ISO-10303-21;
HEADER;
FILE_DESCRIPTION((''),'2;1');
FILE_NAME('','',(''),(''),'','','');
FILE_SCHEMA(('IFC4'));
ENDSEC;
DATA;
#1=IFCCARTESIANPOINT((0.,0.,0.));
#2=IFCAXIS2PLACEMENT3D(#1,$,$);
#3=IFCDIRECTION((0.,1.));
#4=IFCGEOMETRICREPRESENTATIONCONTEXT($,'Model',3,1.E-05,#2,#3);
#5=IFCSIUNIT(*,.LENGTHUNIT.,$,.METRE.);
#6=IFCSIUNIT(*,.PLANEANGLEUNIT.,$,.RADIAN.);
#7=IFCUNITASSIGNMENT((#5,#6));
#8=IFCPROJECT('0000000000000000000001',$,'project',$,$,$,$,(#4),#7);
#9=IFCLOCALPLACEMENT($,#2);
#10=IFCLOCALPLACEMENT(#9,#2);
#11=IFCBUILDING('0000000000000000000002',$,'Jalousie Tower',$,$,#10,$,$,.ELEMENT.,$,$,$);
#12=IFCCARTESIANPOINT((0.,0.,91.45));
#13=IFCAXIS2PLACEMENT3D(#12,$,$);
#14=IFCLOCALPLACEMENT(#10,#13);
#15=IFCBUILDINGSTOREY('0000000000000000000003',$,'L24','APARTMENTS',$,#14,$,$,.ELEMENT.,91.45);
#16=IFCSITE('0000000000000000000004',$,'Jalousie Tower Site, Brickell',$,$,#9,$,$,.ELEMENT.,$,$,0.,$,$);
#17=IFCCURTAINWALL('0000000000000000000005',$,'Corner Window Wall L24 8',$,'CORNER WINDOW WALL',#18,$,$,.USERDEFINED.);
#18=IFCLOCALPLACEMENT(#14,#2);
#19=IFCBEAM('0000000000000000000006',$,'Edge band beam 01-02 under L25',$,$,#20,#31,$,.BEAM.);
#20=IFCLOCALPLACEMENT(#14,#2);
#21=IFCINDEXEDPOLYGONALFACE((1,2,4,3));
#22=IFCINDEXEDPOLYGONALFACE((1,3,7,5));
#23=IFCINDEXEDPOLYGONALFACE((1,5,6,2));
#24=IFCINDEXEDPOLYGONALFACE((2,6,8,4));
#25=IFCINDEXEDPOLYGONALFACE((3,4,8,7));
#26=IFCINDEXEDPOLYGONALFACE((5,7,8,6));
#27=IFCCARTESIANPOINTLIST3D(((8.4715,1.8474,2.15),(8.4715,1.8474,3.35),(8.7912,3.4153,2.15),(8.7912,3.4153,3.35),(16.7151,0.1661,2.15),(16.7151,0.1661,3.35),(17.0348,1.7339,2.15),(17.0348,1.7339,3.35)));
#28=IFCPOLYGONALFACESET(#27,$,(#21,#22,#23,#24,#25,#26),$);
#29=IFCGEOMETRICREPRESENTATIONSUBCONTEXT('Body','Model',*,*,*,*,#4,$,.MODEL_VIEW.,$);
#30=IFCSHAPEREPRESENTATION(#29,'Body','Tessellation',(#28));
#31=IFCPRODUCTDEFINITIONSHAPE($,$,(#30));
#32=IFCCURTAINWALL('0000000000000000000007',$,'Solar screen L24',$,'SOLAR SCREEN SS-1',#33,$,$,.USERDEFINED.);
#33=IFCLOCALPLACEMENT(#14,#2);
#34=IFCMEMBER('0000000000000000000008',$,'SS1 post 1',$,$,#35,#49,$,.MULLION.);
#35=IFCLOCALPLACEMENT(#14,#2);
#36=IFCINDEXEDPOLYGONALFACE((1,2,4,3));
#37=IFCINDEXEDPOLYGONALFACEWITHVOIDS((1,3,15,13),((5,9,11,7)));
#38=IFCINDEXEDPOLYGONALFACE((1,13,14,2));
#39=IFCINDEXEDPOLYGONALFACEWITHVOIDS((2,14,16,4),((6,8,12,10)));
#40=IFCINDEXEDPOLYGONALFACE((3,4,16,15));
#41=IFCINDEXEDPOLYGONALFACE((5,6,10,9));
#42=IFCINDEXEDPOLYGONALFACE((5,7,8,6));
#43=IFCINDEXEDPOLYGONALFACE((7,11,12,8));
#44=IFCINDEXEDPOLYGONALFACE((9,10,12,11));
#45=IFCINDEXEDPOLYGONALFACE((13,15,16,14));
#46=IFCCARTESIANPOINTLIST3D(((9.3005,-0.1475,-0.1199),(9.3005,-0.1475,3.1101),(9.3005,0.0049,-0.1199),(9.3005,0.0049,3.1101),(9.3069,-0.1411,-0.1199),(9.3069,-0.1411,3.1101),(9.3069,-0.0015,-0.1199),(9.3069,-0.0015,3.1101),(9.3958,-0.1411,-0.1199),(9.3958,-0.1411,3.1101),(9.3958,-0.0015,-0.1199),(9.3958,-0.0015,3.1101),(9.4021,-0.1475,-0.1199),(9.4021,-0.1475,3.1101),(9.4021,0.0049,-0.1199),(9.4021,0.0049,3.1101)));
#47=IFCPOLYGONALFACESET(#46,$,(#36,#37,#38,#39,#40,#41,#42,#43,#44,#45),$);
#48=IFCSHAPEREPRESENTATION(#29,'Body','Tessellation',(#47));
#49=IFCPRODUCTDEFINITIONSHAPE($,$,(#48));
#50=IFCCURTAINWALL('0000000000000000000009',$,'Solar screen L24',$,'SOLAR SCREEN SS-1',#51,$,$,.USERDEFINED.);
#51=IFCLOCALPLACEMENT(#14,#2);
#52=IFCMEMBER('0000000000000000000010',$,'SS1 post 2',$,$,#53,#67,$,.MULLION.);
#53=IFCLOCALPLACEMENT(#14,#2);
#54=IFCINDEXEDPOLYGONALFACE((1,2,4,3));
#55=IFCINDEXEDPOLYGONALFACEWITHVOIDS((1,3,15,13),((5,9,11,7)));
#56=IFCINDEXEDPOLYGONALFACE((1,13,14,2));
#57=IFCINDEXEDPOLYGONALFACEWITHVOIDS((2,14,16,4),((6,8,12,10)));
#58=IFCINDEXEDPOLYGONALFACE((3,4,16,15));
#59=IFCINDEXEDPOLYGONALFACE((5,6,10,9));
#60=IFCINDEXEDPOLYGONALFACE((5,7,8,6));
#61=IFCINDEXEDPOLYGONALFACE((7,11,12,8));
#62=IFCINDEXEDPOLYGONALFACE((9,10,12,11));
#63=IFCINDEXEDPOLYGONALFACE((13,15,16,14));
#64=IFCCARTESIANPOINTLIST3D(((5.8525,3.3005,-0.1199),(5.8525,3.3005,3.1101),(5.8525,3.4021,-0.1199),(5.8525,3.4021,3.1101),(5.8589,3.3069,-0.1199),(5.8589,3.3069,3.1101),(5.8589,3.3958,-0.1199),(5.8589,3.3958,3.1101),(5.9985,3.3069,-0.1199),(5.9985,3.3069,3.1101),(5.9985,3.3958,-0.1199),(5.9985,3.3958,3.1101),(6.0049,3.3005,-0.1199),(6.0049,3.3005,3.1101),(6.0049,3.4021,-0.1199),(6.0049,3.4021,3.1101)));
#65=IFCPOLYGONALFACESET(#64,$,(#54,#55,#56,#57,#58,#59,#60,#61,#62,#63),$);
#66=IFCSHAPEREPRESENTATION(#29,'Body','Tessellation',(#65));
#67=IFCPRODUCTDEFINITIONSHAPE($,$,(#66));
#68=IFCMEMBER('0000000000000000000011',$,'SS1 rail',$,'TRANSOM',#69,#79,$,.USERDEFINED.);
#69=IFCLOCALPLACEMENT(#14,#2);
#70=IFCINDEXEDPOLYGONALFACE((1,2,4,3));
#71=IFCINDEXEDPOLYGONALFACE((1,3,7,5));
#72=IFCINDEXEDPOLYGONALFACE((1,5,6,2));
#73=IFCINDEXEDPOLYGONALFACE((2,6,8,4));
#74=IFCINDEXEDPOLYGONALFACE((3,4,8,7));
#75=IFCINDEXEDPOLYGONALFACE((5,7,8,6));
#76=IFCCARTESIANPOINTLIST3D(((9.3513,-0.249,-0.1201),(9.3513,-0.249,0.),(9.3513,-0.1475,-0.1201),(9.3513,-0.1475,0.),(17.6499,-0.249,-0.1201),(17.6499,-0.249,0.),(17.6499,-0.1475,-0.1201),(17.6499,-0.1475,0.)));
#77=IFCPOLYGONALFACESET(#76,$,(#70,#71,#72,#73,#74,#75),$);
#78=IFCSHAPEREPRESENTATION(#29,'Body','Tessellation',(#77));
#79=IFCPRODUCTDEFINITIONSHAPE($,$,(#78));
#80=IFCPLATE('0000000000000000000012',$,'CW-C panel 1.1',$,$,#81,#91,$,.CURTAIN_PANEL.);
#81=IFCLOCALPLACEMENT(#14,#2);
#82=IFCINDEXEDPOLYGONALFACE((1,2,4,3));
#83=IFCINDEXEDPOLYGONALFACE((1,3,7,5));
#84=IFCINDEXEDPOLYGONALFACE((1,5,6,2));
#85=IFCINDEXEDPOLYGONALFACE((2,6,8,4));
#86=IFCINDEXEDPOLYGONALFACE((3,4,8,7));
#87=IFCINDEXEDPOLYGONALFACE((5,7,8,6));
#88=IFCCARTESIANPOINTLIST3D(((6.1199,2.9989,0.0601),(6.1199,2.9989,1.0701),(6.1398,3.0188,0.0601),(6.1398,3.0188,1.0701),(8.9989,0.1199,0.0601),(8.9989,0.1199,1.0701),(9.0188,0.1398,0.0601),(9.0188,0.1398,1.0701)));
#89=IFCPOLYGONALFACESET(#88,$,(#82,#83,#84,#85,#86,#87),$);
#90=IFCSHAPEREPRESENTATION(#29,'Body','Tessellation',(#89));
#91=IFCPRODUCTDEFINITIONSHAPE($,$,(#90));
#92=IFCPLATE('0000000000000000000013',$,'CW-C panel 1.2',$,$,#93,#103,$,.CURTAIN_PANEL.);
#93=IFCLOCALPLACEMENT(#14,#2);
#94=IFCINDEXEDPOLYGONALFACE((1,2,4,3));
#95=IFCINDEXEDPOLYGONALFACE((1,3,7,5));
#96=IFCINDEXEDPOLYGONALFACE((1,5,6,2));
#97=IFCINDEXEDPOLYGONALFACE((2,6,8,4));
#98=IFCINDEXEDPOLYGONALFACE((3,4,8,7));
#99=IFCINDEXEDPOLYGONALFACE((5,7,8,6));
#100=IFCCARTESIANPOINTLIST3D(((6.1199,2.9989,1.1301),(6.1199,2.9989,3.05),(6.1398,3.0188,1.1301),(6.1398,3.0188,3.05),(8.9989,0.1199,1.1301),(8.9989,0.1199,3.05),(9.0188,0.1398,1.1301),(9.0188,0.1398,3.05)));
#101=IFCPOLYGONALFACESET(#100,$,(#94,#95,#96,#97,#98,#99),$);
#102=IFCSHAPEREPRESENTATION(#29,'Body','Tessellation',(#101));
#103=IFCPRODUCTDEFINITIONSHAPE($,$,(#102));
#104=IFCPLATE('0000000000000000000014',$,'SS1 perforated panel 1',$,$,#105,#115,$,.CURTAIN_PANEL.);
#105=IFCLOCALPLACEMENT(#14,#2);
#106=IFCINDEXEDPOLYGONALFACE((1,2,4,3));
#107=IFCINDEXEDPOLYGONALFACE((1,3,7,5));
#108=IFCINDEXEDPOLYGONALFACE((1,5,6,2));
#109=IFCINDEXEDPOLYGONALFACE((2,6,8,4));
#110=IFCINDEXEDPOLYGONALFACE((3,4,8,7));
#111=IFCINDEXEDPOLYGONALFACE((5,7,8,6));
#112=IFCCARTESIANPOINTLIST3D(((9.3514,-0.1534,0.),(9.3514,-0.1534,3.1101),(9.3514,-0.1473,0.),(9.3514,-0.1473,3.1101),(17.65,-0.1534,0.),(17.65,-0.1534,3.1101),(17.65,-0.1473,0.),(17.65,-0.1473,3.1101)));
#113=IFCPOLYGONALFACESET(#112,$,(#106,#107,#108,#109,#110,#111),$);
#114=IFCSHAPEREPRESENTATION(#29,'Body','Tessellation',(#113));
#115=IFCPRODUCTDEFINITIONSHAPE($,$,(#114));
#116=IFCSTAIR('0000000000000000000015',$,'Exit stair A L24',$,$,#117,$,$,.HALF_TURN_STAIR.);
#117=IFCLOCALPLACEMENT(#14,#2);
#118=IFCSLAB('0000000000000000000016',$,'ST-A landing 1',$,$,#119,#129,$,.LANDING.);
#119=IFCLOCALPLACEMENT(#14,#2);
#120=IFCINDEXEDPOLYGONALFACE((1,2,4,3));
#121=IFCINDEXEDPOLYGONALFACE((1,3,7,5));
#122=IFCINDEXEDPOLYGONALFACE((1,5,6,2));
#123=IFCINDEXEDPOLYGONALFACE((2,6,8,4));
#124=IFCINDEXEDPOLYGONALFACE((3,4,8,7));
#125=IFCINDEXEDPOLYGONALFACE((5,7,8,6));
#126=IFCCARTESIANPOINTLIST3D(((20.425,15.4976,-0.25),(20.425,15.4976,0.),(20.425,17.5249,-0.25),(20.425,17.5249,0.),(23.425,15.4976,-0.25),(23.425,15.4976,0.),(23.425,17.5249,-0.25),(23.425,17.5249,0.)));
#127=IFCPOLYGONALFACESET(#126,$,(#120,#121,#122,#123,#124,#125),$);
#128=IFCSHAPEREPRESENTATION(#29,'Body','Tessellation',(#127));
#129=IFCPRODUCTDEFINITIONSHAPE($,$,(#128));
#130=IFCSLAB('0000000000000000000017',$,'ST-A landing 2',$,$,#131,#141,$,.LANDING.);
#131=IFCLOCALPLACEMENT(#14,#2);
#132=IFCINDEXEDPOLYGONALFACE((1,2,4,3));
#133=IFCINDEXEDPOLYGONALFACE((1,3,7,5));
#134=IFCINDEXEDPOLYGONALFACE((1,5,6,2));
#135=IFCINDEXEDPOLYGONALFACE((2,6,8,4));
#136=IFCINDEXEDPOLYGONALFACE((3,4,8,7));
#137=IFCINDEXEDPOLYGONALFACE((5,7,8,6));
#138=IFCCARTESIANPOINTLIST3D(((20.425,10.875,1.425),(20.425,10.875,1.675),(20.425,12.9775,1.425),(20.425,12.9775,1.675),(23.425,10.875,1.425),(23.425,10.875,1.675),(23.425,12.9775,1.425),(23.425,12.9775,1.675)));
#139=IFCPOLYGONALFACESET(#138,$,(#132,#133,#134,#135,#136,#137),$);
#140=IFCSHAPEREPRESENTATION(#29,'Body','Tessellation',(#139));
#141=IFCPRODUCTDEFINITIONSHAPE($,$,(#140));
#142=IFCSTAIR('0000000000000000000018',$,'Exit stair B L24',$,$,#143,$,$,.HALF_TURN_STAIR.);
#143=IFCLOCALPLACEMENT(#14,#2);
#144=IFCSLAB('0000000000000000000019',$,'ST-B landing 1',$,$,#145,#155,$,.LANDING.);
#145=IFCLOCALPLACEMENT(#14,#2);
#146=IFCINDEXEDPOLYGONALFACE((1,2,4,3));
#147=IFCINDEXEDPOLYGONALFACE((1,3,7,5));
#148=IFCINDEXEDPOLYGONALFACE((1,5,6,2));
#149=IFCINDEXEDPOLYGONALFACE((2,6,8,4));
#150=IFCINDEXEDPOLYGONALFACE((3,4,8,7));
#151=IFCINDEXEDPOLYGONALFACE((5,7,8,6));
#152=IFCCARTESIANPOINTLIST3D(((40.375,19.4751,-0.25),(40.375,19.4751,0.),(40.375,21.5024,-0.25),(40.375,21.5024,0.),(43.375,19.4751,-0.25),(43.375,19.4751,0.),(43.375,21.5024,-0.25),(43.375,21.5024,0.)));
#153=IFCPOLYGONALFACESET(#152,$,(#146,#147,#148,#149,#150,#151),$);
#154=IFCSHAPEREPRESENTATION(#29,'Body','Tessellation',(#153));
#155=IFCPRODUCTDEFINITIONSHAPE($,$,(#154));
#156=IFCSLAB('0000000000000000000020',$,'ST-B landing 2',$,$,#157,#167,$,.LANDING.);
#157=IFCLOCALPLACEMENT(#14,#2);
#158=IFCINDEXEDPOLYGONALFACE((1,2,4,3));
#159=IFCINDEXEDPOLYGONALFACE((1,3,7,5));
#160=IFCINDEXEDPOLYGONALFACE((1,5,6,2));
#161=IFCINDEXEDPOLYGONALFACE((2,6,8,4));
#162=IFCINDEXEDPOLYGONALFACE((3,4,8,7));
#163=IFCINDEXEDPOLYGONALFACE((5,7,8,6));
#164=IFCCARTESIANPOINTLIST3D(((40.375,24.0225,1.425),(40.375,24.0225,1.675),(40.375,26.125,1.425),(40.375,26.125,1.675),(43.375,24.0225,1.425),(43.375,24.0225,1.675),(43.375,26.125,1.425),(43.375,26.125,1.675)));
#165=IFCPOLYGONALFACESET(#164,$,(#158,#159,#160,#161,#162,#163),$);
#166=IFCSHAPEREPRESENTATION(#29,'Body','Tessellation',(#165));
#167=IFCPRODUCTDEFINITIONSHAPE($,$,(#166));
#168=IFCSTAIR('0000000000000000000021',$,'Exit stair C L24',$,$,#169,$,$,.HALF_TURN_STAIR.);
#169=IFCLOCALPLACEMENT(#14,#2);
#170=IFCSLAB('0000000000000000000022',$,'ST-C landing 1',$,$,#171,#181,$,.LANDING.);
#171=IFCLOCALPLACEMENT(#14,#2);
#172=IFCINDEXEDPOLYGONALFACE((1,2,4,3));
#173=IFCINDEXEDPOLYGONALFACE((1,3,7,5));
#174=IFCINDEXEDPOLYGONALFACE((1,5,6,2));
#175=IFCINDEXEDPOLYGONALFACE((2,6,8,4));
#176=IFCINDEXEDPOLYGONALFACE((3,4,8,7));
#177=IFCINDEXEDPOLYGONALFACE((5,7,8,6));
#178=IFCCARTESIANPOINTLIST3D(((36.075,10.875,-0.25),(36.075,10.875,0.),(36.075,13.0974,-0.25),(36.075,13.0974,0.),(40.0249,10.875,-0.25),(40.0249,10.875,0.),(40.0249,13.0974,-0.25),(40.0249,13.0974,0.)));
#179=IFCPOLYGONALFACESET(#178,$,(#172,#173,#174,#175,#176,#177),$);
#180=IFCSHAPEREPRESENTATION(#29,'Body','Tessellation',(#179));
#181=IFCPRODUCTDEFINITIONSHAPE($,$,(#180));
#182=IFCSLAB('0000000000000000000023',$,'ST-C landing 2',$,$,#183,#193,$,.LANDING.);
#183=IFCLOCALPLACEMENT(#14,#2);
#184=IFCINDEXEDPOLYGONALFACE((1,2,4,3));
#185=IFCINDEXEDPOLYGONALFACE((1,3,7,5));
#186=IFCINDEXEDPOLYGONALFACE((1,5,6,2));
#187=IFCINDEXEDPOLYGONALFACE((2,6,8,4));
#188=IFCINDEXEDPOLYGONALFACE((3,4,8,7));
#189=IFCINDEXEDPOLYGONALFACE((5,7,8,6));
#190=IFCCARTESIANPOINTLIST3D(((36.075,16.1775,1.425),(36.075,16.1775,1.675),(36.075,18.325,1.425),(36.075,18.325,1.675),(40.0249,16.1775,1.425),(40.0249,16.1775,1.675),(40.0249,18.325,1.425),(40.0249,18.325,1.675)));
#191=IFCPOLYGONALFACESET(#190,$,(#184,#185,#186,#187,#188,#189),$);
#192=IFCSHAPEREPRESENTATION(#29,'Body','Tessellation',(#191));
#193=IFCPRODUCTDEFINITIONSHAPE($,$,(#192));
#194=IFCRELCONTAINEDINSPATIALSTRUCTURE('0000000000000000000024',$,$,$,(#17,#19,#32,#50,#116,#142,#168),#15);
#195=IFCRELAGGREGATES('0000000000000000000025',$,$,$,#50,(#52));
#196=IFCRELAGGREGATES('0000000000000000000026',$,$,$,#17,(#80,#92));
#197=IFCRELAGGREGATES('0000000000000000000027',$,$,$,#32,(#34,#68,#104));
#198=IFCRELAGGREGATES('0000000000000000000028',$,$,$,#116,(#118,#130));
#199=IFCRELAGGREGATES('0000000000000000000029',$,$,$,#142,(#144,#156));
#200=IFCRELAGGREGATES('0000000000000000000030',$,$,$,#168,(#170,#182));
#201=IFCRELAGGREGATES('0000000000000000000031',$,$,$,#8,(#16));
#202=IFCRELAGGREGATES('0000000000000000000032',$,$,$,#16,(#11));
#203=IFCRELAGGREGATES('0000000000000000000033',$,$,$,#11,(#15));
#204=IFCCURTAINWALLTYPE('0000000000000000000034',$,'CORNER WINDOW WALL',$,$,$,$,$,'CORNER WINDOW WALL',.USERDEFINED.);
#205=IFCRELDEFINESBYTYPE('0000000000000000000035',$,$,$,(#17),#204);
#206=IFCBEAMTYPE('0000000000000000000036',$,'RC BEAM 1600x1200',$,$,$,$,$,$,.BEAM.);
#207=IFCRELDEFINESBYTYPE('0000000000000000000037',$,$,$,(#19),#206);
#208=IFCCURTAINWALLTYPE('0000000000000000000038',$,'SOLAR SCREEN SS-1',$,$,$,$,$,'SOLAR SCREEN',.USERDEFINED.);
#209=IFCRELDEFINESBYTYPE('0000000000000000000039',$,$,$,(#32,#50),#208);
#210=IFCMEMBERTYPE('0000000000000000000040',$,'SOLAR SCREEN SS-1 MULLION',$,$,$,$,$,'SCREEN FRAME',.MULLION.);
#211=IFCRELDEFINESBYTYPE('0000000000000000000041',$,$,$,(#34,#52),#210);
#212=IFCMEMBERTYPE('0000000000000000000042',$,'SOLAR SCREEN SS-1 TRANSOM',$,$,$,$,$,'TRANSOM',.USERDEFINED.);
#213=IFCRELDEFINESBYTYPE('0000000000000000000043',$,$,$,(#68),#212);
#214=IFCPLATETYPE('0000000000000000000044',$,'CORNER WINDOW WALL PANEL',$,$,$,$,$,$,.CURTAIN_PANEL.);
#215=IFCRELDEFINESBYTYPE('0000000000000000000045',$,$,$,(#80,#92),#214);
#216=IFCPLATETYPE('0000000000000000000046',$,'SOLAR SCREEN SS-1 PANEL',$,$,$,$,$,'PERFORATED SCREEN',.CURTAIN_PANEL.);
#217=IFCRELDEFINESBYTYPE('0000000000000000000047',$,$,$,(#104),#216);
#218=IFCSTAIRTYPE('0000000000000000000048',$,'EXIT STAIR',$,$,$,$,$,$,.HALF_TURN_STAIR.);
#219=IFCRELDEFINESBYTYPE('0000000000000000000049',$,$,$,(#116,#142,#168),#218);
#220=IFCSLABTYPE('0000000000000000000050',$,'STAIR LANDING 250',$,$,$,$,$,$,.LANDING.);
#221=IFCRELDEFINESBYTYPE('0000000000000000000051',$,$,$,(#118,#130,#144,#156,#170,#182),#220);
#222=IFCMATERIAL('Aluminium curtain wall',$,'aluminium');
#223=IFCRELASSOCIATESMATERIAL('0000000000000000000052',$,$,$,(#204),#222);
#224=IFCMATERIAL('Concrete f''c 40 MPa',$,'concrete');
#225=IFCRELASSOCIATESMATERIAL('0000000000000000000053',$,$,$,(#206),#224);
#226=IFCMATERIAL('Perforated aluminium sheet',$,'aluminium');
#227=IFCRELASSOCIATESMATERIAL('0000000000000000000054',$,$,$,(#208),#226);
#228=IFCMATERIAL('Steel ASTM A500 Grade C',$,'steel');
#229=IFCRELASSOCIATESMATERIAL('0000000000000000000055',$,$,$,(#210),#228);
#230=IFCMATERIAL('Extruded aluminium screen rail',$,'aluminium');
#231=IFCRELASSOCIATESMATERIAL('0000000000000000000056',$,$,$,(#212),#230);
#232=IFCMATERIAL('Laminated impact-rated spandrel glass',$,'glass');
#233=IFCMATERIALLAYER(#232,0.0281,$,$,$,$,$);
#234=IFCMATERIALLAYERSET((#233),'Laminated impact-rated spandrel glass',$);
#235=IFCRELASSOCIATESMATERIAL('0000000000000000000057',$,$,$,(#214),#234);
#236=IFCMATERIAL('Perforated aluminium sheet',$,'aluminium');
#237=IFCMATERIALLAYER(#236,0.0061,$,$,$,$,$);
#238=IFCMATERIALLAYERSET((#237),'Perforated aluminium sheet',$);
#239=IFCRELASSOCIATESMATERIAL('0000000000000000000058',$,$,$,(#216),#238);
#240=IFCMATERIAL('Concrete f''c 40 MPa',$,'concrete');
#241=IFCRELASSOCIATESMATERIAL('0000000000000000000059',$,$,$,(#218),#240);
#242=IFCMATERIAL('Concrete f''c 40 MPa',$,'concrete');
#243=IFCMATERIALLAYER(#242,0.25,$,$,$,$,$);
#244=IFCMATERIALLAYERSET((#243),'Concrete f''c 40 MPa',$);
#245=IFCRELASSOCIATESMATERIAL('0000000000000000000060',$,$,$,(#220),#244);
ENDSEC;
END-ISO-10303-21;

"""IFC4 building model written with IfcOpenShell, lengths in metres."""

from ifc_helpers import new_model, si_unit, direction, frame, origin, origin_2d, place, context, subcontext, project, spatial, polyline, rectangle, hollow_rectangle, outline, extrude, material, layer, layer_set, material_profile, profile_set, type_object, element, aggregate, save


model = new_model("IFC4")

# Units and contexts
model_context = context("Model", 3, precision=1e-05, world=origin(), true_north=direction((0.0, 1.0)))
body_context = subcontext(model_context, "Body", "Model", "MODEL_VIEW")
ifc_project = project(units=[si_unit("LENGTHUNIT", "METRE"), si_unit("PLANEANGLEUNIT", "RADIAN")], contexts=[model_context])

# Site, building, storey
site_placement = place(None, origin())
site = spatial("IfcSite", under=ifc_project, at=site_placement, Name="Jalousie Tower Site, Brickell", CompositionType="ELEMENT", RefElevation=0.0)
building_placement = place(site_placement, origin())
building = spatial("IfcBuilding", under=site, at=building_placement, Name="Jalousie Tower", CompositionType="ELEMENT")
storey_placement = place(building_placement, frame((0.0, 0.0, 91.45)))
storey = spatial("IfcBuildingStorey", under=building, at=storey_placement, Name="L24", Description="APARTMENTS", CompositionType="ELEMENT", Elevation=91.45)

# Curtain wall
ifc_material_1 = material(Name="Aluminium curtain wall", Category="aluminium")
curtain_wall_type_1 = type_object("IfcCurtainWallType", Name="CORNER WINDOW WALL", ElementType="CORNER WINDOW WALL", PredefinedType="USERDEFINED", material=ifc_material_1)
curtain_wall_1_placement = place(storey_placement, origin())
curtain_wall_1 = element("IfcCurtainWall", 1, at=curtain_wall_1_placement, inside=storey, type_object=curtain_wall_type_1, Name="Corner Window Wall L24 8", ObjectType="CORNER WINDOW WALL", PredefinedType="USERDEFINED")

# Beam
ifc_material_2 = material(Name="Concrete f'c 40 MPa", Category="concrete")
ifc_material_profile_1 = material_profile(ifc_material_2, rectangle(XDim=1.6001, YDim=1.2, at=origin_2d()), Name="RC 1600x1200")
ifc_profile_set_1 = profile_set([ifc_material_profile_1], Name="Concrete f'c 40 MPa")
beam_type_1 = type_object("IfcBeamType", Name="RC BEAM 1600x1200", PredefinedType="BEAM", material=ifc_profile_set_1)
beam_1_placement = place(storey_placement, frame((8.6313, 2.6313, 2.75), z_axis=(0.979827, -0.199848, 0.0), x_axis=(0.199848, 0.979827, 0.0)))
element("IfcBeam", 2, at=beam_1_placement, inside=storey, type_object=beam_type_1, Name="Edge band beam 01-02 under L25", PredefinedType="BEAM", context=body_context, shape_type="SweptSolid", body=[
    extrude(rectangle(XDim=1.6001, YDim=1.2, at=origin_2d()), origin(), (0.0, 0.0, 1.0), 8.4133),
])

# Curtain walls, members
ifc_material_3 = material(Name="Perforated aluminium sheet", Category="aluminium")
curtain_wall_type_2 = type_object("IfcCurtainWallType", Name="SOLAR SCREEN SS-1", ElementType="SOLAR SCREEN", PredefinedType="USERDEFINED", material=ifc_material_3)
curtain_wall_2_placement = place(storey_placement, origin())
curtain_wall_2 = element("IfcCurtainWall", 3, at=curtain_wall_2_placement, inside=storey, type_object=curtain_wall_type_2, Name="Solar screen L24", ObjectType="SOLAR SCREEN SS-1", PredefinedType="USERDEFINED")
ifc_material_4 = material(Name="Steel ASTM A500 Grade C", Category="steel")
ifc_material_profile_2 = material_profile(ifc_material_4, hollow_rectangle(XDim=0.1016, YDim=0.1523, WallThickness=0.0063, at=origin_2d()), Name="HSS6X4X1/4")
ifc_profile_set_2 = profile_set([ifc_material_profile_2], Name="Steel ASTM A500 Grade C")
member_type_1 = type_object("IfcMemberType", Name="SOLAR SCREEN SS-1 MULLION", ElementType="SCREEN FRAME", PredefinedType="MULLION", material=ifc_profile_set_2)
member_1_placement = place(storey_placement, frame((9.3513, -0.0713, -0.1199), z_axis=(0.0, 0.0, 1.0), x_axis=(1.0, 0.0, 0.0)))
member_1 = element("IfcMember", 4, at=member_1_placement, type_object=member_type_1, Name="SS1 post 1", PredefinedType="MULLION", context=body_context, shape_type="SweptSolid", body=[
    extrude(hollow_rectangle(XDim=0.1016, YDim=0.1523, WallThickness=0.0063, at=origin_2d()), origin(), (0.0, 0.0, 1.0), 3.23),
])
curtain_wall_3_placement = place(storey_placement, origin())
curtain_wall_3 = element("IfcCurtainWall", 5, at=curtain_wall_3_placement, inside=storey, type_object=curtain_wall_type_2, Name="Solar screen L24", ObjectType="SOLAR SCREEN SS-1", PredefinedType="USERDEFINED")
member_2_placement = place(storey_placement, frame((5.9287, 3.3513, -0.1199), z_axis=(0.0, 0.0, 1.0), x_axis=(0.0, -1.0, 0.0)))
member_2 = element("IfcMember", 6, at=member_2_placement, type_object=member_type_1, Name="SS1 post 2", PredefinedType="MULLION", context=body_context, shape_type="SweptSolid", body=[
    extrude(hollow_rectangle(XDim=0.1016, YDim=0.1523, WallThickness=0.0063, at=origin_2d()), origin(), (0.0, 0.0, 1.0), 3.23),
])
aggregate(curtain_wall_3, [member_2])

# Member
ifc_material_5 = material(Name="Extruded aluminium screen rail", Category="aluminium")
ifc_material_profile_3 = material_profile(ifc_material_5, rectangle(XDim=0.1016, YDim=0.1201, at=origin_2d()), Name="RAIL 102x120")
ifc_profile_set_3 = profile_set([ifc_material_profile_3], Name="Extruded aluminium screen rail")
member_type_2 = type_object("IfcMemberType", Name="SOLAR SCREEN SS-1 TRANSOM", ElementType="TRANSOM", PredefinedType="USERDEFINED", material=ifc_profile_set_3)
member_3_placement = place(storey_placement, frame((9.3513, -0.1982, -0.0601), z_axis=(1.0, 0.0, 0.0), x_axis=(0.0, 1.0, 0.0)))
member_3 = element("IfcMember", 7, at=member_3_placement, type_object=member_type_2, Name="SS1 rail", ObjectType="TRANSOM", PredefinedType="USERDEFINED", context=body_context, shape_type="SweptSolid", body=[
    extrude(rectangle(XDim=0.1016, YDim=0.1201, at=origin_2d()), origin(), (0.0, 0.0, 1.0), 8.2986),
])

# Plates
ifc_material_6 = material(Name="Laminated impact-rated spandrel glass", Category="glass")
ifc_layer_1 = layer(ifc_material_6, 0.0281)
ifc_layer_set_1 = layer_set([ifc_layer_1], Name="Laminated impact-rated spandrel glass")
plate_type_1 = type_object("IfcPlateType", Name="CORNER WINDOW WALL PANEL", PredefinedType="CURTAIN_PANEL", material=ifc_layer_set_1)
plate_1_placement = place(storey_placement, frame((7.5693, 1.5693, 0.0601), z_axis=(0.0, 0.0, 1.0), x_axis=(0.707107, -0.707107, 0.0)))
plate_1 = element("IfcPlate", 8, at=plate_1_placement, type_object=plate_type_1, Name="CW-C panel 1.1", PredefinedType="CURTAIN_PANEL", context=body_context, shape_type="SweptSolid", body=[
    extrude(rectangle(XDim=4.0715, YDim=0.0281, at=origin_2d()), origin(), (0.0, 0.0, 1.0), 1.01),
])
plate_2_placement = place(storey_placement, frame((7.5693, 1.5693, 1.1301), z_axis=(0.0, 0.0, 1.0), x_axis=(0.707107, -0.707107, 0.0)))
plate_2 = element("IfcPlate", 9, at=plate_2_placement, type_object=plate_type_1, Name="CW-C panel 1.2", PredefinedType="CURTAIN_PANEL", context=body_context, shape_type="SweptSolid", body=[
    extrude(rectangle(XDim=4.0715, YDim=0.0281, at=origin_2d()), origin(), (0.0, 0.0, 1.0), 1.9199),
])
aggregate(curtain_wall_1, [plate_1, plate_2])

# Plate
ifc_material_7 = material(Name="Perforated aluminium sheet", Category="aluminium")
ifc_layer_2 = layer(ifc_material_7, 0.0061)
ifc_layer_set_2 = layer_set([ifc_layer_2], Name="Perforated aluminium sheet")
plate_type_2 = type_object("IfcPlateType", Name="SOLAR SCREEN SS-1 PANEL", ElementType="PERFORATED SCREEN", PredefinedType="CURTAIN_PANEL", material=ifc_layer_set_2)
plate_3_placement = place(storey_placement, frame((13.5007, -0.1504, 0.0), z_axis=(0.0, 0.0, 1.0), x_axis=(1.0, 0.0, 0.0)))
plate_3 = element("IfcPlate", 10, at=plate_3_placement, type_object=plate_type_2, Name="SS1 perforated panel 1", PredefinedType="CURTAIN_PANEL", context=body_context, shape_type="SweptSolid", body=[
    extrude(rectangle(XDim=8.2986, YDim=0.0061, at=origin_2d()), origin(), (0.0, 0.0, 1.0), 3.1101),
])
aggregate(curtain_wall_2, [member_1, member_3, plate_3])

# Stairs, slabs
ifc_material_8 = material(Name="Concrete f'c 40 MPa", Category="concrete")
stair_type = type_object("IfcStairType", Name="EXIT STAIR", PredefinedType="HALF_TURN_STAIR", material=ifc_material_8)
stair_1_placement = place(storey_placement, origin())
stair_1 = element("IfcStair", 11, at=stair_1_placement, inside=storey, type_object=stair_type, Name="Exit stair A L24", PredefinedType="HALF_TURN_STAIR")
ifc_material_9 = material(Name="Concrete f'c 40 MPa", Category="concrete")
ifc_layer_3 = layer(ifc_material_9, 0.25)
ifc_layer_set_3 = layer_set([ifc_layer_3], Name="Concrete f'c 40 MPa")
slab_type_1 = type_object("IfcSlabType", Name="STAIR LANDING 250", PredefinedType="LANDING", material=ifc_layer_set_3)
slab_1_placement = place(storey_placement, frame((0.0, 0.0, -0.25)))
slab_1 = element("IfcSlab", 12, at=slab_1_placement, type_object=slab_type_1, Name="ST-A landing 1", PredefinedType="LANDING", context=body_context, shape_type="SweptSolid", body=[
    extrude(outline(polyline([(20.425, 15.4976), (23.425, 15.4976), (23.425, 17.5249), (20.425, 17.5249), (20.425, 15.4976)])), origin(), (0.0, 0.0, 1.0), 0.25),
])
slab_2_placement = place(storey_placement, frame((0.0, 0.0, 1.425)))
slab_2 = element("IfcSlab", 13, at=slab_2_placement, type_object=slab_type_1, Name="ST-A landing 2", PredefinedType="LANDING", context=body_context, shape_type="SweptSolid", body=[
    extrude(outline(polyline([(20.425, 10.875), (23.425, 10.875), (23.425, 12.9775), (20.425, 12.9775), (20.425, 10.875)])), origin(), (0.0, 0.0, 1.0), 0.25),
])
aggregate(stair_1, [slab_1, slab_2])
stair_2_placement = place(storey_placement, origin())
stair_2 = element("IfcStair", 14, at=stair_2_placement, inside=storey, type_object=stair_type, Name="Exit stair B L24", PredefinedType="HALF_TURN_STAIR")
slab_3_placement = place(storey_placement, frame((0.0, 0.0, -0.25)))
slab_3 = element("IfcSlab", 15, at=slab_3_placement, type_object=slab_type_1, Name="ST-B landing 1", PredefinedType="LANDING", context=body_context, shape_type="SweptSolid", body=[
    extrude(outline(polyline([(40.375, 19.4751), (43.375, 19.4751), (43.375, 21.5024), (40.375, 21.5024), (40.375, 19.4751)])), origin(), (0.0, 0.0, 1.0), 0.25),
])
slab_4_placement = place(storey_placement, frame((0.0, 0.0, 1.425)))
slab_4 = element("IfcSlab", 16, at=slab_4_placement, type_object=slab_type_1, Name="ST-B landing 2", PredefinedType="LANDING", context=body_context, shape_type="SweptSolid", body=[
    extrude(outline(polyline([(40.375, 24.0225), (43.375, 24.0225), (43.375, 26.125), (40.375, 26.125), (40.375, 24.0225)])), origin(), (0.0, 0.0, 1.0), 0.25),
])
aggregate(stair_2, [slab_3, slab_4])
stair_3_placement = place(storey_placement, origin())
stair_3 = element("IfcStair", 17, at=stair_3_placement, inside=storey, type_object=stair_type, Name="Exit stair C L24", PredefinedType="HALF_TURN_STAIR")
slab_5_placement = place(storey_placement, frame((0.0, 0.0, -0.25)))
slab_5 = element("IfcSlab", 18, at=slab_5_placement, type_object=slab_type_1, Name="ST-C landing 1", PredefinedType="LANDING", context=body_context, shape_type="SweptSolid", body=[
    extrude(outline(polyline([(36.075, 10.875), (40.0249, 10.875), (40.0249, 13.0974), (36.075, 13.0974), (36.075, 10.875)])), origin(), (0.0, 0.0, 1.0), 0.25),
])
slab_6_placement = place(storey_placement, frame((0.0, 0.0, 1.425)))
slab_6 = element("IfcSlab", 19, at=slab_6_placement, type_object=slab_type_1, Name="ST-C landing 2", PredefinedType="LANDING", context=body_context, shape_type="SweptSolid", body=[
    extrude(outline(polyline([(36.075, 16.1775), (40.0249, 16.1775), (40.0249, 18.325), (36.075, 18.325), (36.075, 16.1775)])), origin(), (0.0, 0.0, 1.0), 0.25),
])
aggregate(stair_3, [slab_5, slab_6])

save(model, "model.ifc")
